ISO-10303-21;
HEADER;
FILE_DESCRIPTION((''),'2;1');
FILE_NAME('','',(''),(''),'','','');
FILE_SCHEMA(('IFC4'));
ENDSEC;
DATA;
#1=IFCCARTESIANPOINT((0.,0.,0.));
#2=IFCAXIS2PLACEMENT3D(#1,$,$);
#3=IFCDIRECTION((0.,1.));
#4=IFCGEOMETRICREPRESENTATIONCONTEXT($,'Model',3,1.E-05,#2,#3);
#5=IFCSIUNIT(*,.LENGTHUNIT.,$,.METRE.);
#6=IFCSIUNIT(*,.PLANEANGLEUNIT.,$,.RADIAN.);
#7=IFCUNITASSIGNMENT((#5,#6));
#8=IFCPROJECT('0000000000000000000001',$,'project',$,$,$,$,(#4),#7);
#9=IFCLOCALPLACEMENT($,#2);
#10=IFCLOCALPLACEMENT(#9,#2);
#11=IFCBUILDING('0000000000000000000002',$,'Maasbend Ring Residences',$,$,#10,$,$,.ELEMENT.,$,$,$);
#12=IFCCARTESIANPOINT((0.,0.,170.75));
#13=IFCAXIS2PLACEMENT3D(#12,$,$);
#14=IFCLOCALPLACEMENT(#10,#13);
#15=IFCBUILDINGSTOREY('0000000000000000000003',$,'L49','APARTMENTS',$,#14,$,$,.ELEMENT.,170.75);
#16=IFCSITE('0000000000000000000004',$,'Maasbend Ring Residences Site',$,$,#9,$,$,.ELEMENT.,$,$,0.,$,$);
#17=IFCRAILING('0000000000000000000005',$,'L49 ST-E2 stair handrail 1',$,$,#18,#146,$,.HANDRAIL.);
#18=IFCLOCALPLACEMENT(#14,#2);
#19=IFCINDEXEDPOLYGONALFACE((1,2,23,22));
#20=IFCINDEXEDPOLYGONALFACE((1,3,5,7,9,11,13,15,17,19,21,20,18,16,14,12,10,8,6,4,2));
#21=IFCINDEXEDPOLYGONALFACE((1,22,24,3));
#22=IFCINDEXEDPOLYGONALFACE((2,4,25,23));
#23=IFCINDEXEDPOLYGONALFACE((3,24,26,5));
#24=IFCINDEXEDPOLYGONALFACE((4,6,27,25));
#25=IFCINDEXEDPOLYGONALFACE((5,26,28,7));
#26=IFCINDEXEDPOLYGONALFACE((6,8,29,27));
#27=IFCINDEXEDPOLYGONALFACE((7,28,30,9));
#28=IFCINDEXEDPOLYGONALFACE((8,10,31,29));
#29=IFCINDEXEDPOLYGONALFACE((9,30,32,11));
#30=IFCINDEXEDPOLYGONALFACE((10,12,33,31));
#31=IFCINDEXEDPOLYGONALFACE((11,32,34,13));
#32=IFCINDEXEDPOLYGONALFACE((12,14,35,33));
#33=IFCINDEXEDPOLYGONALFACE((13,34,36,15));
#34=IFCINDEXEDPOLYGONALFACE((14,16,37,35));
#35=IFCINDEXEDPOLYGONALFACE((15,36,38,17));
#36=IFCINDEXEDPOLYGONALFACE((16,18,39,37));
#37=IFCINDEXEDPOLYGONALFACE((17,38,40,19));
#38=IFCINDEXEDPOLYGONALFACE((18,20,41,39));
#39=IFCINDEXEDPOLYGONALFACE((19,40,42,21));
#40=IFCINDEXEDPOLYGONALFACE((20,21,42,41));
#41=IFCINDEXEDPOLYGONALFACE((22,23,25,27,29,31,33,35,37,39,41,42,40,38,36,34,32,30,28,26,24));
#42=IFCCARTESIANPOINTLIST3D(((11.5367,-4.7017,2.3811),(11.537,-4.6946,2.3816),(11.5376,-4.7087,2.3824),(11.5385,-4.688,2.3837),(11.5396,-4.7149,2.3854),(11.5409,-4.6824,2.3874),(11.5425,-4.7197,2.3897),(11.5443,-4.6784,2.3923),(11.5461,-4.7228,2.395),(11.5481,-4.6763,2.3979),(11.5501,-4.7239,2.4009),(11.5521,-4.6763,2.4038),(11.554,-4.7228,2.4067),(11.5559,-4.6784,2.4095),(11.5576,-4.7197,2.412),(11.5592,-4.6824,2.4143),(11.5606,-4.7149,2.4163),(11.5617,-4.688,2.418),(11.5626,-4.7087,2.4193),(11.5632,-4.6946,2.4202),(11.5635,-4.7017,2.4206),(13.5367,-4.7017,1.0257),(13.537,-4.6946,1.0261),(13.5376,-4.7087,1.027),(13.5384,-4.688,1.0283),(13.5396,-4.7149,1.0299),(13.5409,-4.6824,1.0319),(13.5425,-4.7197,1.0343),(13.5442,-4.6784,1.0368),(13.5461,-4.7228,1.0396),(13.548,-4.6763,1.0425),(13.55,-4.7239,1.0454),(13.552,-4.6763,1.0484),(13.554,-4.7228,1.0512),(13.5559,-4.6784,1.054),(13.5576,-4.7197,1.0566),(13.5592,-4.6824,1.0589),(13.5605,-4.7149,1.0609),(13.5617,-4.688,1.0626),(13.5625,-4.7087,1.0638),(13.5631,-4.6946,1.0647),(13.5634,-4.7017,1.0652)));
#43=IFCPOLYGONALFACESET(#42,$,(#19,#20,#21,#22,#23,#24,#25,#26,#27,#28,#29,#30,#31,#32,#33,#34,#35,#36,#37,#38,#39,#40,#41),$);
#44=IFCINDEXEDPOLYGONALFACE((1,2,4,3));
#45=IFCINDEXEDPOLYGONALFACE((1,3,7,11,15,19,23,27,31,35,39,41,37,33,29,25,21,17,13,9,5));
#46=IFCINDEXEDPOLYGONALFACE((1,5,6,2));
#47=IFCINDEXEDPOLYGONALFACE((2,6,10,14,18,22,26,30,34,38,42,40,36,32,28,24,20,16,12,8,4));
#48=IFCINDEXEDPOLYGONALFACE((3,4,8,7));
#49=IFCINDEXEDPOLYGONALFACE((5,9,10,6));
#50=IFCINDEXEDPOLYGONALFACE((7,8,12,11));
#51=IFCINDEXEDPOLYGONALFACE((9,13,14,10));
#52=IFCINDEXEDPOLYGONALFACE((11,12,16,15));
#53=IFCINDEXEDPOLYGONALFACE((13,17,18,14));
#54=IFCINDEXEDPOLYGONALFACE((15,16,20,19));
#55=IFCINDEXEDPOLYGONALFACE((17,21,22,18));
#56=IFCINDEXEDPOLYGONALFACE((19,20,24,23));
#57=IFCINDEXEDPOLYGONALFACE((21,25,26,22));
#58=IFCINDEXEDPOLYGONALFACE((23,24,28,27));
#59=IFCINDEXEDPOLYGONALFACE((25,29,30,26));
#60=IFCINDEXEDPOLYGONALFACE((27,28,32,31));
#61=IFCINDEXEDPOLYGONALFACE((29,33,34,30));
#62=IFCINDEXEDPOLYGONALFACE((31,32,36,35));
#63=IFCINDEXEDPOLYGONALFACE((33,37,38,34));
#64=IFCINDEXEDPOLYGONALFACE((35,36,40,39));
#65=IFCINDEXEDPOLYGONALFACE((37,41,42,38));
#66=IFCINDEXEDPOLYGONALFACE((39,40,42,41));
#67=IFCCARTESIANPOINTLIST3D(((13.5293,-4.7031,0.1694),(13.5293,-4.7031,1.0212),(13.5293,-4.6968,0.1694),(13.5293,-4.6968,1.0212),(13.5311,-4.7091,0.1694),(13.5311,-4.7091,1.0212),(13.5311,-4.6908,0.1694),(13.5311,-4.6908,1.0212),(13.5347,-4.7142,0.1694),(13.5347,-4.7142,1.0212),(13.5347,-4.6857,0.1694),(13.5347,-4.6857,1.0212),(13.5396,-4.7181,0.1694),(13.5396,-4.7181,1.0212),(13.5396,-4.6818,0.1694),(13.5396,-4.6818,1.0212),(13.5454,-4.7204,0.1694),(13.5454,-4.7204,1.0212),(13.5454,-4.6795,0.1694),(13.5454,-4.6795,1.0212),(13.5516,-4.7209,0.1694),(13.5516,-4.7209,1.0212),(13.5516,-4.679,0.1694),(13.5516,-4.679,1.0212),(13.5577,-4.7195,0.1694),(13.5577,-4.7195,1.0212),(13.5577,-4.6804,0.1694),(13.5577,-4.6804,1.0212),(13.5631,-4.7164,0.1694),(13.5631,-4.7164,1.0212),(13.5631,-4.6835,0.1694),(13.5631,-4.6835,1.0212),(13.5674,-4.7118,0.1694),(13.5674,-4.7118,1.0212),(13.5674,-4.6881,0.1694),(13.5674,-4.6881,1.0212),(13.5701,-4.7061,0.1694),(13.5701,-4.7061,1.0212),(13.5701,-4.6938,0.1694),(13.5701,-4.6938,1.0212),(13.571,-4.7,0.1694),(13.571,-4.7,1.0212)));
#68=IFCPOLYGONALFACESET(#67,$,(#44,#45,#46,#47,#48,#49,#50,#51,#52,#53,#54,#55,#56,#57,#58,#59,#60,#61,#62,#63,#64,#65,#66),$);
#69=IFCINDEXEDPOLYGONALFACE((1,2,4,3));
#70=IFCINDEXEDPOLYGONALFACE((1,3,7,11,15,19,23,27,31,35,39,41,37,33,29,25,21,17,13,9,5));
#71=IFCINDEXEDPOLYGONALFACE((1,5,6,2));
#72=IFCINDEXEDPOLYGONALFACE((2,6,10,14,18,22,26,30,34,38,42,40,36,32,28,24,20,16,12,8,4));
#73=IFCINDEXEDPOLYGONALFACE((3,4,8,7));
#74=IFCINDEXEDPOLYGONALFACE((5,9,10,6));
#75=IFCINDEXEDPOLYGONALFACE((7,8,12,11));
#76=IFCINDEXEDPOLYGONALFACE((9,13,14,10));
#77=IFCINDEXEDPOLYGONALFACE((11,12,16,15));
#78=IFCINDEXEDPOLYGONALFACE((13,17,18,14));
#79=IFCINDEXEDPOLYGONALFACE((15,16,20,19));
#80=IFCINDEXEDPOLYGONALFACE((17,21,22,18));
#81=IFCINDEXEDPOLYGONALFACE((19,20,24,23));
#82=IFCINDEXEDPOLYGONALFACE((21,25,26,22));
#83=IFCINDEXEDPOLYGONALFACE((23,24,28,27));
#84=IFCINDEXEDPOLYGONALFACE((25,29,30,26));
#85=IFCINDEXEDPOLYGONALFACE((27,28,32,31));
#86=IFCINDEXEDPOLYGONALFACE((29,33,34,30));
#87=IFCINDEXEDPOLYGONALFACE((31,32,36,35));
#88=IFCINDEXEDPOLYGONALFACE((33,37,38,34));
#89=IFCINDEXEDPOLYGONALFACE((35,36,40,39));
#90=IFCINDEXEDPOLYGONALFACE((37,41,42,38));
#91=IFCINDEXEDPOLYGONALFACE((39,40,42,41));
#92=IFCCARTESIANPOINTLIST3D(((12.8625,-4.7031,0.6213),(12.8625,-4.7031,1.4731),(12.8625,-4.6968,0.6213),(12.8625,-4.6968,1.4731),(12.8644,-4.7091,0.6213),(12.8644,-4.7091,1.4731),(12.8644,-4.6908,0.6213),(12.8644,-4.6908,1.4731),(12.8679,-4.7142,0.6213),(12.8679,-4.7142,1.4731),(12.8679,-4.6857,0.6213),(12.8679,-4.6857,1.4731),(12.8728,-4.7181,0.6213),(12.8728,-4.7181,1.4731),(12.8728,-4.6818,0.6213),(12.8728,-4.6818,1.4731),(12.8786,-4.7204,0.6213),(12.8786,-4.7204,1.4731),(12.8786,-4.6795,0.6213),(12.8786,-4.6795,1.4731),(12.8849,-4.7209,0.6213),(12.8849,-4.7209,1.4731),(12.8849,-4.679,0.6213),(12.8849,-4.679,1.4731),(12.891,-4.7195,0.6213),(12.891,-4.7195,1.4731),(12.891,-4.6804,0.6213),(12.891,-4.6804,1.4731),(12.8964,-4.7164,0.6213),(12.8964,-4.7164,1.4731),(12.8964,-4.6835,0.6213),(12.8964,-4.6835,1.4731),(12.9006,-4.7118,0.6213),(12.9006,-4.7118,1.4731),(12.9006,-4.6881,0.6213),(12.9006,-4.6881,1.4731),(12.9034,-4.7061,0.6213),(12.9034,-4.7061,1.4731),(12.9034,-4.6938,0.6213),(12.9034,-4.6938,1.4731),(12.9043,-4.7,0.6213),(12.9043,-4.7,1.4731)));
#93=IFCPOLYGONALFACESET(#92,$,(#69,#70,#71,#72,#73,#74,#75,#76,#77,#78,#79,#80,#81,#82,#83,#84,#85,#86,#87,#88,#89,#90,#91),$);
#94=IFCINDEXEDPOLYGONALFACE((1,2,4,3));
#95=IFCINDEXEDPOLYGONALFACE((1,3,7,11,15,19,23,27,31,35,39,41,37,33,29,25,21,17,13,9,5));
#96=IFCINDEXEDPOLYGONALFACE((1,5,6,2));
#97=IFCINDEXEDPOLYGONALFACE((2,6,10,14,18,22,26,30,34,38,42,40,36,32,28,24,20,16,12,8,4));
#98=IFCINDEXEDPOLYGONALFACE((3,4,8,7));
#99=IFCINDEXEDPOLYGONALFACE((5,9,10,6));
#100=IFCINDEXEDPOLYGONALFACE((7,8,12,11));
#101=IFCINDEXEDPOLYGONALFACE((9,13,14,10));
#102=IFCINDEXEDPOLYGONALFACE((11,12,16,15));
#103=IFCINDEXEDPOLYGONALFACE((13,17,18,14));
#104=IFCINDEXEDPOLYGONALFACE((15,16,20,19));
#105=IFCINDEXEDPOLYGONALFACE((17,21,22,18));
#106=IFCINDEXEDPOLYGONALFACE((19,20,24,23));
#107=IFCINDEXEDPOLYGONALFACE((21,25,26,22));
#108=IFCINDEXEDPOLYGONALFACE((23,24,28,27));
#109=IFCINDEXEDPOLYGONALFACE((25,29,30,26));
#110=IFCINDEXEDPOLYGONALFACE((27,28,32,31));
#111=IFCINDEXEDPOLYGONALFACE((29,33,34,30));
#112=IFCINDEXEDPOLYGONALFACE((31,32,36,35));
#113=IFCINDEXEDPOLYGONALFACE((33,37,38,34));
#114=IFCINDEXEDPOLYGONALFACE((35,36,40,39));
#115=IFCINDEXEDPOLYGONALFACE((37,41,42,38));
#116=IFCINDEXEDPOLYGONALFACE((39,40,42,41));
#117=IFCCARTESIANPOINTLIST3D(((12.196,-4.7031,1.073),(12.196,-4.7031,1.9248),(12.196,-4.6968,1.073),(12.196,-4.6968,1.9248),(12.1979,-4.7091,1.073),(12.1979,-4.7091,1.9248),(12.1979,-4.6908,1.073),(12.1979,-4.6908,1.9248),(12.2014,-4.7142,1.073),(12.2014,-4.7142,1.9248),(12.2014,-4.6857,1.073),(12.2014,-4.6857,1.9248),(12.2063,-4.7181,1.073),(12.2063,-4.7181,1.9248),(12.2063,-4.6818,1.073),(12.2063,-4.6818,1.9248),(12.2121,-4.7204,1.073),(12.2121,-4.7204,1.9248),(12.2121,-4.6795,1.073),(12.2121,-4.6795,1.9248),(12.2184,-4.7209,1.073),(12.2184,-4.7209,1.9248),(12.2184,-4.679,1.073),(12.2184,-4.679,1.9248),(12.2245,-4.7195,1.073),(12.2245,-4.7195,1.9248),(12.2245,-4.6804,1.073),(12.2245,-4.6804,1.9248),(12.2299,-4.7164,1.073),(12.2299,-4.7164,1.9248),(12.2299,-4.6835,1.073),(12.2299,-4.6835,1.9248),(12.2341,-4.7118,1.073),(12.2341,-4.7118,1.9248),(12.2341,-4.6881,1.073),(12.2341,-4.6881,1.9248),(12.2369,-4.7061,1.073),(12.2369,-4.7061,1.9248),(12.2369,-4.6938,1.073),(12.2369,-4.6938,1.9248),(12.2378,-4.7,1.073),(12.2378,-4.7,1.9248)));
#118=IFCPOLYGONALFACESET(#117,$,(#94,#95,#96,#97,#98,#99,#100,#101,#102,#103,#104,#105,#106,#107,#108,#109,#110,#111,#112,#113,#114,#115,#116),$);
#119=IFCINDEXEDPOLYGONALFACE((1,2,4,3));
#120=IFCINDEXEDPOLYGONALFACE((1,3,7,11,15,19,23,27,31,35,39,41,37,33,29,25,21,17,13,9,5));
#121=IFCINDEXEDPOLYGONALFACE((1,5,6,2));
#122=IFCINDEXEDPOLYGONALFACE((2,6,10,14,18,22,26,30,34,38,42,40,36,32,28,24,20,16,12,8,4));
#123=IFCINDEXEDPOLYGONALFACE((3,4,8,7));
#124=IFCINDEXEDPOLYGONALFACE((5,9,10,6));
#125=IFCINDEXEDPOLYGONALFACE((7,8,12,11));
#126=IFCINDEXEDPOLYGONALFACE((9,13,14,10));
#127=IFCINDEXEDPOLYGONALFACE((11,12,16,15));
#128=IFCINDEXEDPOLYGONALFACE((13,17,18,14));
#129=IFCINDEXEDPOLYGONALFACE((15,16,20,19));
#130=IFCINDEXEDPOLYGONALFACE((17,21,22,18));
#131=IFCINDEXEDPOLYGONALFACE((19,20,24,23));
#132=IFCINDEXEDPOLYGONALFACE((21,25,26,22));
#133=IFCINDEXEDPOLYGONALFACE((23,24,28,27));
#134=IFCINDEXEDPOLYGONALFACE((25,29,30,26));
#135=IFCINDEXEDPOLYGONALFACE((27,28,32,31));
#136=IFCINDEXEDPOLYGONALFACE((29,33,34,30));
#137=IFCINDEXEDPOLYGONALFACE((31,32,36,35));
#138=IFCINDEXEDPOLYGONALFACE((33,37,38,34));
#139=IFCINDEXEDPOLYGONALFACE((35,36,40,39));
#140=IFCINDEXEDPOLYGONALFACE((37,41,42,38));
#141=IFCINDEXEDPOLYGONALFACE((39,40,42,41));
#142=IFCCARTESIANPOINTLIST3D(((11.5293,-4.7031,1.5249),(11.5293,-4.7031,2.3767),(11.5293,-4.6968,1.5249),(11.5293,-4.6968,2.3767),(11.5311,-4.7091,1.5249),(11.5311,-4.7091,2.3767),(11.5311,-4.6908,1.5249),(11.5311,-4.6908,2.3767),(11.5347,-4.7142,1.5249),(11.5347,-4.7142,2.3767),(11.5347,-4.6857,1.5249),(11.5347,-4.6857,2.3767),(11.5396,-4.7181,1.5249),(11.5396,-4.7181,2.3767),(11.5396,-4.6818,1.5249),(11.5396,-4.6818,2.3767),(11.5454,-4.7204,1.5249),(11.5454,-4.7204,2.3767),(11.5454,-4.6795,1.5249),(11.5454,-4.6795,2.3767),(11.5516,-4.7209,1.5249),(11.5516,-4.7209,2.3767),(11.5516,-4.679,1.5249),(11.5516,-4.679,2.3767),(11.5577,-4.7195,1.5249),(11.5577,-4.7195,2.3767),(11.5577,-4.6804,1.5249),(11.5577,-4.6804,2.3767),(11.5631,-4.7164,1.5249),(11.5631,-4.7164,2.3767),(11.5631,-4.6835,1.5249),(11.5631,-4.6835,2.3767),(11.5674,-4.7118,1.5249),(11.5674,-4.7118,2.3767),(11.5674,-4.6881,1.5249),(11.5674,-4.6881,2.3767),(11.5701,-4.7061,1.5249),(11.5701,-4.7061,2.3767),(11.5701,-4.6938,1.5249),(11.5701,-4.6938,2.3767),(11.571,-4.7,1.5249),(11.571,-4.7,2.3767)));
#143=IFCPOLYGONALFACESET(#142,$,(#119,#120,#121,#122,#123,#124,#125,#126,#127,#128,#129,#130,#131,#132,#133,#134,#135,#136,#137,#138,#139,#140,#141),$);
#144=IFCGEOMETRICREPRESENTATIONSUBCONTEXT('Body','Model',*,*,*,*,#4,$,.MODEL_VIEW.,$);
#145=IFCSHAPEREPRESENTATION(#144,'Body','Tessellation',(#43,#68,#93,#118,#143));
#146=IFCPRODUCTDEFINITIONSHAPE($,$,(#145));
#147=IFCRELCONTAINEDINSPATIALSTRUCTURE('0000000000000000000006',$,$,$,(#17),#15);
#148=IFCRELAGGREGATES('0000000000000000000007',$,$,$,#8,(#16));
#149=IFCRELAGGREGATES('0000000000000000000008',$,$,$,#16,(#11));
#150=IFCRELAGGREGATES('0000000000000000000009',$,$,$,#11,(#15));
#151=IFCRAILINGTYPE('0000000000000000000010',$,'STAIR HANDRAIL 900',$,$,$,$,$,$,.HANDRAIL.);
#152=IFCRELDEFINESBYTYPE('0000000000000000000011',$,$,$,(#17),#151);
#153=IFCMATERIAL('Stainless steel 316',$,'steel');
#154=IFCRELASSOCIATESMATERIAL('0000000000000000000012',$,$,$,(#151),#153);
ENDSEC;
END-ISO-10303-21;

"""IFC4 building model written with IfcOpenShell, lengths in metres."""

from ifc_helpers import new_model, si_unit, direction, frame, origin, origin_2d, place, context, subcontext, project, spatial, circle, extrude, material, type_object, element, save


model = new_model("IFC4")

# Units and contexts
model_context = context("Model", 3, precision=1e-05, world=origin(), true_north=direction((0.0, 1.0)))
body_context = subcontext(model_context, "Body", "Model", "MODEL_VIEW")
ifc_project = project(units=[si_unit("LENGTHUNIT", "METRE"), si_unit("PLANEANGLEUNIT", "RADIAN")], contexts=[model_context])

# Site, building, storey
site_placement = place(None, origin())
site = spatial("IfcSite", under=ifc_project, at=site_placement, Name="Maasbend Ring Residences Site", CompositionType="ELEMENT", RefElevation=0.0)
building_placement = place(site_placement, origin())
building = spatial("IfcBuilding", under=site, at=building_placement, Name="Maasbend Ring Residences", CompositionType="ELEMENT")
storey_placement = place(building_placement, frame((0.0, 0.0, 170.75)))
storey = spatial("IfcBuildingStorey", under=building, at=storey_placement, Name="L49", Description="APARTMENTS", CompositionType="ELEMENT", Elevation=170.75)

# Railing
ifc_material_1 = material(Name="Stainless steel 316", Category="steel")
railing_type = type_object("IfcRailingType", Name="STAIR HANDRAIL 900", PredefinedType="HANDRAIL", material=ifc_material_1)
railing_1_placement = place(storey_placement, frame((13.55, -4.7, 0.1694)))
element("IfcRailing", 1, at=railing_1_placement, inside=storey, type_object=railing_type, Name="L49 ST-E2 stair handrail 1", PredefinedType="HANDRAIL", context=body_context, shape_type="SweptSolid", body=[
    extrude(circle(Radius=0.0239, at=origin_2d()), frame((0.0, 0.0, 0.876), z_axis=(-0.827798, 0.0, 0.561027), x_axis=(0.0, -1.0, 0.0)), (0.0, 0.0, 1.0), 2.416),
    extrude(circle(Radius=0.021, at=origin_2d()), origin(), (0.0, 0.0, 1.0), 0.8518),
    extrude(circle(Radius=0.021, at=origin_2d()), frame((-0.6667, 0.0, 0.4519)), (0.0, 0.0, 1.0), 0.8518),
    extrude(circle(Radius=0.021, at=origin_2d()), frame((-1.3333, 0.0, 0.9036)), (0.0, 0.0, 1.0), 0.8518),
    extrude(circle(Radius=0.021, at=origin_2d()), frame((-2.0, 0.0, 1.3555)), (0.0, 0.0, 1.0), 0.8518),
])

save(model, "model.ifc")
